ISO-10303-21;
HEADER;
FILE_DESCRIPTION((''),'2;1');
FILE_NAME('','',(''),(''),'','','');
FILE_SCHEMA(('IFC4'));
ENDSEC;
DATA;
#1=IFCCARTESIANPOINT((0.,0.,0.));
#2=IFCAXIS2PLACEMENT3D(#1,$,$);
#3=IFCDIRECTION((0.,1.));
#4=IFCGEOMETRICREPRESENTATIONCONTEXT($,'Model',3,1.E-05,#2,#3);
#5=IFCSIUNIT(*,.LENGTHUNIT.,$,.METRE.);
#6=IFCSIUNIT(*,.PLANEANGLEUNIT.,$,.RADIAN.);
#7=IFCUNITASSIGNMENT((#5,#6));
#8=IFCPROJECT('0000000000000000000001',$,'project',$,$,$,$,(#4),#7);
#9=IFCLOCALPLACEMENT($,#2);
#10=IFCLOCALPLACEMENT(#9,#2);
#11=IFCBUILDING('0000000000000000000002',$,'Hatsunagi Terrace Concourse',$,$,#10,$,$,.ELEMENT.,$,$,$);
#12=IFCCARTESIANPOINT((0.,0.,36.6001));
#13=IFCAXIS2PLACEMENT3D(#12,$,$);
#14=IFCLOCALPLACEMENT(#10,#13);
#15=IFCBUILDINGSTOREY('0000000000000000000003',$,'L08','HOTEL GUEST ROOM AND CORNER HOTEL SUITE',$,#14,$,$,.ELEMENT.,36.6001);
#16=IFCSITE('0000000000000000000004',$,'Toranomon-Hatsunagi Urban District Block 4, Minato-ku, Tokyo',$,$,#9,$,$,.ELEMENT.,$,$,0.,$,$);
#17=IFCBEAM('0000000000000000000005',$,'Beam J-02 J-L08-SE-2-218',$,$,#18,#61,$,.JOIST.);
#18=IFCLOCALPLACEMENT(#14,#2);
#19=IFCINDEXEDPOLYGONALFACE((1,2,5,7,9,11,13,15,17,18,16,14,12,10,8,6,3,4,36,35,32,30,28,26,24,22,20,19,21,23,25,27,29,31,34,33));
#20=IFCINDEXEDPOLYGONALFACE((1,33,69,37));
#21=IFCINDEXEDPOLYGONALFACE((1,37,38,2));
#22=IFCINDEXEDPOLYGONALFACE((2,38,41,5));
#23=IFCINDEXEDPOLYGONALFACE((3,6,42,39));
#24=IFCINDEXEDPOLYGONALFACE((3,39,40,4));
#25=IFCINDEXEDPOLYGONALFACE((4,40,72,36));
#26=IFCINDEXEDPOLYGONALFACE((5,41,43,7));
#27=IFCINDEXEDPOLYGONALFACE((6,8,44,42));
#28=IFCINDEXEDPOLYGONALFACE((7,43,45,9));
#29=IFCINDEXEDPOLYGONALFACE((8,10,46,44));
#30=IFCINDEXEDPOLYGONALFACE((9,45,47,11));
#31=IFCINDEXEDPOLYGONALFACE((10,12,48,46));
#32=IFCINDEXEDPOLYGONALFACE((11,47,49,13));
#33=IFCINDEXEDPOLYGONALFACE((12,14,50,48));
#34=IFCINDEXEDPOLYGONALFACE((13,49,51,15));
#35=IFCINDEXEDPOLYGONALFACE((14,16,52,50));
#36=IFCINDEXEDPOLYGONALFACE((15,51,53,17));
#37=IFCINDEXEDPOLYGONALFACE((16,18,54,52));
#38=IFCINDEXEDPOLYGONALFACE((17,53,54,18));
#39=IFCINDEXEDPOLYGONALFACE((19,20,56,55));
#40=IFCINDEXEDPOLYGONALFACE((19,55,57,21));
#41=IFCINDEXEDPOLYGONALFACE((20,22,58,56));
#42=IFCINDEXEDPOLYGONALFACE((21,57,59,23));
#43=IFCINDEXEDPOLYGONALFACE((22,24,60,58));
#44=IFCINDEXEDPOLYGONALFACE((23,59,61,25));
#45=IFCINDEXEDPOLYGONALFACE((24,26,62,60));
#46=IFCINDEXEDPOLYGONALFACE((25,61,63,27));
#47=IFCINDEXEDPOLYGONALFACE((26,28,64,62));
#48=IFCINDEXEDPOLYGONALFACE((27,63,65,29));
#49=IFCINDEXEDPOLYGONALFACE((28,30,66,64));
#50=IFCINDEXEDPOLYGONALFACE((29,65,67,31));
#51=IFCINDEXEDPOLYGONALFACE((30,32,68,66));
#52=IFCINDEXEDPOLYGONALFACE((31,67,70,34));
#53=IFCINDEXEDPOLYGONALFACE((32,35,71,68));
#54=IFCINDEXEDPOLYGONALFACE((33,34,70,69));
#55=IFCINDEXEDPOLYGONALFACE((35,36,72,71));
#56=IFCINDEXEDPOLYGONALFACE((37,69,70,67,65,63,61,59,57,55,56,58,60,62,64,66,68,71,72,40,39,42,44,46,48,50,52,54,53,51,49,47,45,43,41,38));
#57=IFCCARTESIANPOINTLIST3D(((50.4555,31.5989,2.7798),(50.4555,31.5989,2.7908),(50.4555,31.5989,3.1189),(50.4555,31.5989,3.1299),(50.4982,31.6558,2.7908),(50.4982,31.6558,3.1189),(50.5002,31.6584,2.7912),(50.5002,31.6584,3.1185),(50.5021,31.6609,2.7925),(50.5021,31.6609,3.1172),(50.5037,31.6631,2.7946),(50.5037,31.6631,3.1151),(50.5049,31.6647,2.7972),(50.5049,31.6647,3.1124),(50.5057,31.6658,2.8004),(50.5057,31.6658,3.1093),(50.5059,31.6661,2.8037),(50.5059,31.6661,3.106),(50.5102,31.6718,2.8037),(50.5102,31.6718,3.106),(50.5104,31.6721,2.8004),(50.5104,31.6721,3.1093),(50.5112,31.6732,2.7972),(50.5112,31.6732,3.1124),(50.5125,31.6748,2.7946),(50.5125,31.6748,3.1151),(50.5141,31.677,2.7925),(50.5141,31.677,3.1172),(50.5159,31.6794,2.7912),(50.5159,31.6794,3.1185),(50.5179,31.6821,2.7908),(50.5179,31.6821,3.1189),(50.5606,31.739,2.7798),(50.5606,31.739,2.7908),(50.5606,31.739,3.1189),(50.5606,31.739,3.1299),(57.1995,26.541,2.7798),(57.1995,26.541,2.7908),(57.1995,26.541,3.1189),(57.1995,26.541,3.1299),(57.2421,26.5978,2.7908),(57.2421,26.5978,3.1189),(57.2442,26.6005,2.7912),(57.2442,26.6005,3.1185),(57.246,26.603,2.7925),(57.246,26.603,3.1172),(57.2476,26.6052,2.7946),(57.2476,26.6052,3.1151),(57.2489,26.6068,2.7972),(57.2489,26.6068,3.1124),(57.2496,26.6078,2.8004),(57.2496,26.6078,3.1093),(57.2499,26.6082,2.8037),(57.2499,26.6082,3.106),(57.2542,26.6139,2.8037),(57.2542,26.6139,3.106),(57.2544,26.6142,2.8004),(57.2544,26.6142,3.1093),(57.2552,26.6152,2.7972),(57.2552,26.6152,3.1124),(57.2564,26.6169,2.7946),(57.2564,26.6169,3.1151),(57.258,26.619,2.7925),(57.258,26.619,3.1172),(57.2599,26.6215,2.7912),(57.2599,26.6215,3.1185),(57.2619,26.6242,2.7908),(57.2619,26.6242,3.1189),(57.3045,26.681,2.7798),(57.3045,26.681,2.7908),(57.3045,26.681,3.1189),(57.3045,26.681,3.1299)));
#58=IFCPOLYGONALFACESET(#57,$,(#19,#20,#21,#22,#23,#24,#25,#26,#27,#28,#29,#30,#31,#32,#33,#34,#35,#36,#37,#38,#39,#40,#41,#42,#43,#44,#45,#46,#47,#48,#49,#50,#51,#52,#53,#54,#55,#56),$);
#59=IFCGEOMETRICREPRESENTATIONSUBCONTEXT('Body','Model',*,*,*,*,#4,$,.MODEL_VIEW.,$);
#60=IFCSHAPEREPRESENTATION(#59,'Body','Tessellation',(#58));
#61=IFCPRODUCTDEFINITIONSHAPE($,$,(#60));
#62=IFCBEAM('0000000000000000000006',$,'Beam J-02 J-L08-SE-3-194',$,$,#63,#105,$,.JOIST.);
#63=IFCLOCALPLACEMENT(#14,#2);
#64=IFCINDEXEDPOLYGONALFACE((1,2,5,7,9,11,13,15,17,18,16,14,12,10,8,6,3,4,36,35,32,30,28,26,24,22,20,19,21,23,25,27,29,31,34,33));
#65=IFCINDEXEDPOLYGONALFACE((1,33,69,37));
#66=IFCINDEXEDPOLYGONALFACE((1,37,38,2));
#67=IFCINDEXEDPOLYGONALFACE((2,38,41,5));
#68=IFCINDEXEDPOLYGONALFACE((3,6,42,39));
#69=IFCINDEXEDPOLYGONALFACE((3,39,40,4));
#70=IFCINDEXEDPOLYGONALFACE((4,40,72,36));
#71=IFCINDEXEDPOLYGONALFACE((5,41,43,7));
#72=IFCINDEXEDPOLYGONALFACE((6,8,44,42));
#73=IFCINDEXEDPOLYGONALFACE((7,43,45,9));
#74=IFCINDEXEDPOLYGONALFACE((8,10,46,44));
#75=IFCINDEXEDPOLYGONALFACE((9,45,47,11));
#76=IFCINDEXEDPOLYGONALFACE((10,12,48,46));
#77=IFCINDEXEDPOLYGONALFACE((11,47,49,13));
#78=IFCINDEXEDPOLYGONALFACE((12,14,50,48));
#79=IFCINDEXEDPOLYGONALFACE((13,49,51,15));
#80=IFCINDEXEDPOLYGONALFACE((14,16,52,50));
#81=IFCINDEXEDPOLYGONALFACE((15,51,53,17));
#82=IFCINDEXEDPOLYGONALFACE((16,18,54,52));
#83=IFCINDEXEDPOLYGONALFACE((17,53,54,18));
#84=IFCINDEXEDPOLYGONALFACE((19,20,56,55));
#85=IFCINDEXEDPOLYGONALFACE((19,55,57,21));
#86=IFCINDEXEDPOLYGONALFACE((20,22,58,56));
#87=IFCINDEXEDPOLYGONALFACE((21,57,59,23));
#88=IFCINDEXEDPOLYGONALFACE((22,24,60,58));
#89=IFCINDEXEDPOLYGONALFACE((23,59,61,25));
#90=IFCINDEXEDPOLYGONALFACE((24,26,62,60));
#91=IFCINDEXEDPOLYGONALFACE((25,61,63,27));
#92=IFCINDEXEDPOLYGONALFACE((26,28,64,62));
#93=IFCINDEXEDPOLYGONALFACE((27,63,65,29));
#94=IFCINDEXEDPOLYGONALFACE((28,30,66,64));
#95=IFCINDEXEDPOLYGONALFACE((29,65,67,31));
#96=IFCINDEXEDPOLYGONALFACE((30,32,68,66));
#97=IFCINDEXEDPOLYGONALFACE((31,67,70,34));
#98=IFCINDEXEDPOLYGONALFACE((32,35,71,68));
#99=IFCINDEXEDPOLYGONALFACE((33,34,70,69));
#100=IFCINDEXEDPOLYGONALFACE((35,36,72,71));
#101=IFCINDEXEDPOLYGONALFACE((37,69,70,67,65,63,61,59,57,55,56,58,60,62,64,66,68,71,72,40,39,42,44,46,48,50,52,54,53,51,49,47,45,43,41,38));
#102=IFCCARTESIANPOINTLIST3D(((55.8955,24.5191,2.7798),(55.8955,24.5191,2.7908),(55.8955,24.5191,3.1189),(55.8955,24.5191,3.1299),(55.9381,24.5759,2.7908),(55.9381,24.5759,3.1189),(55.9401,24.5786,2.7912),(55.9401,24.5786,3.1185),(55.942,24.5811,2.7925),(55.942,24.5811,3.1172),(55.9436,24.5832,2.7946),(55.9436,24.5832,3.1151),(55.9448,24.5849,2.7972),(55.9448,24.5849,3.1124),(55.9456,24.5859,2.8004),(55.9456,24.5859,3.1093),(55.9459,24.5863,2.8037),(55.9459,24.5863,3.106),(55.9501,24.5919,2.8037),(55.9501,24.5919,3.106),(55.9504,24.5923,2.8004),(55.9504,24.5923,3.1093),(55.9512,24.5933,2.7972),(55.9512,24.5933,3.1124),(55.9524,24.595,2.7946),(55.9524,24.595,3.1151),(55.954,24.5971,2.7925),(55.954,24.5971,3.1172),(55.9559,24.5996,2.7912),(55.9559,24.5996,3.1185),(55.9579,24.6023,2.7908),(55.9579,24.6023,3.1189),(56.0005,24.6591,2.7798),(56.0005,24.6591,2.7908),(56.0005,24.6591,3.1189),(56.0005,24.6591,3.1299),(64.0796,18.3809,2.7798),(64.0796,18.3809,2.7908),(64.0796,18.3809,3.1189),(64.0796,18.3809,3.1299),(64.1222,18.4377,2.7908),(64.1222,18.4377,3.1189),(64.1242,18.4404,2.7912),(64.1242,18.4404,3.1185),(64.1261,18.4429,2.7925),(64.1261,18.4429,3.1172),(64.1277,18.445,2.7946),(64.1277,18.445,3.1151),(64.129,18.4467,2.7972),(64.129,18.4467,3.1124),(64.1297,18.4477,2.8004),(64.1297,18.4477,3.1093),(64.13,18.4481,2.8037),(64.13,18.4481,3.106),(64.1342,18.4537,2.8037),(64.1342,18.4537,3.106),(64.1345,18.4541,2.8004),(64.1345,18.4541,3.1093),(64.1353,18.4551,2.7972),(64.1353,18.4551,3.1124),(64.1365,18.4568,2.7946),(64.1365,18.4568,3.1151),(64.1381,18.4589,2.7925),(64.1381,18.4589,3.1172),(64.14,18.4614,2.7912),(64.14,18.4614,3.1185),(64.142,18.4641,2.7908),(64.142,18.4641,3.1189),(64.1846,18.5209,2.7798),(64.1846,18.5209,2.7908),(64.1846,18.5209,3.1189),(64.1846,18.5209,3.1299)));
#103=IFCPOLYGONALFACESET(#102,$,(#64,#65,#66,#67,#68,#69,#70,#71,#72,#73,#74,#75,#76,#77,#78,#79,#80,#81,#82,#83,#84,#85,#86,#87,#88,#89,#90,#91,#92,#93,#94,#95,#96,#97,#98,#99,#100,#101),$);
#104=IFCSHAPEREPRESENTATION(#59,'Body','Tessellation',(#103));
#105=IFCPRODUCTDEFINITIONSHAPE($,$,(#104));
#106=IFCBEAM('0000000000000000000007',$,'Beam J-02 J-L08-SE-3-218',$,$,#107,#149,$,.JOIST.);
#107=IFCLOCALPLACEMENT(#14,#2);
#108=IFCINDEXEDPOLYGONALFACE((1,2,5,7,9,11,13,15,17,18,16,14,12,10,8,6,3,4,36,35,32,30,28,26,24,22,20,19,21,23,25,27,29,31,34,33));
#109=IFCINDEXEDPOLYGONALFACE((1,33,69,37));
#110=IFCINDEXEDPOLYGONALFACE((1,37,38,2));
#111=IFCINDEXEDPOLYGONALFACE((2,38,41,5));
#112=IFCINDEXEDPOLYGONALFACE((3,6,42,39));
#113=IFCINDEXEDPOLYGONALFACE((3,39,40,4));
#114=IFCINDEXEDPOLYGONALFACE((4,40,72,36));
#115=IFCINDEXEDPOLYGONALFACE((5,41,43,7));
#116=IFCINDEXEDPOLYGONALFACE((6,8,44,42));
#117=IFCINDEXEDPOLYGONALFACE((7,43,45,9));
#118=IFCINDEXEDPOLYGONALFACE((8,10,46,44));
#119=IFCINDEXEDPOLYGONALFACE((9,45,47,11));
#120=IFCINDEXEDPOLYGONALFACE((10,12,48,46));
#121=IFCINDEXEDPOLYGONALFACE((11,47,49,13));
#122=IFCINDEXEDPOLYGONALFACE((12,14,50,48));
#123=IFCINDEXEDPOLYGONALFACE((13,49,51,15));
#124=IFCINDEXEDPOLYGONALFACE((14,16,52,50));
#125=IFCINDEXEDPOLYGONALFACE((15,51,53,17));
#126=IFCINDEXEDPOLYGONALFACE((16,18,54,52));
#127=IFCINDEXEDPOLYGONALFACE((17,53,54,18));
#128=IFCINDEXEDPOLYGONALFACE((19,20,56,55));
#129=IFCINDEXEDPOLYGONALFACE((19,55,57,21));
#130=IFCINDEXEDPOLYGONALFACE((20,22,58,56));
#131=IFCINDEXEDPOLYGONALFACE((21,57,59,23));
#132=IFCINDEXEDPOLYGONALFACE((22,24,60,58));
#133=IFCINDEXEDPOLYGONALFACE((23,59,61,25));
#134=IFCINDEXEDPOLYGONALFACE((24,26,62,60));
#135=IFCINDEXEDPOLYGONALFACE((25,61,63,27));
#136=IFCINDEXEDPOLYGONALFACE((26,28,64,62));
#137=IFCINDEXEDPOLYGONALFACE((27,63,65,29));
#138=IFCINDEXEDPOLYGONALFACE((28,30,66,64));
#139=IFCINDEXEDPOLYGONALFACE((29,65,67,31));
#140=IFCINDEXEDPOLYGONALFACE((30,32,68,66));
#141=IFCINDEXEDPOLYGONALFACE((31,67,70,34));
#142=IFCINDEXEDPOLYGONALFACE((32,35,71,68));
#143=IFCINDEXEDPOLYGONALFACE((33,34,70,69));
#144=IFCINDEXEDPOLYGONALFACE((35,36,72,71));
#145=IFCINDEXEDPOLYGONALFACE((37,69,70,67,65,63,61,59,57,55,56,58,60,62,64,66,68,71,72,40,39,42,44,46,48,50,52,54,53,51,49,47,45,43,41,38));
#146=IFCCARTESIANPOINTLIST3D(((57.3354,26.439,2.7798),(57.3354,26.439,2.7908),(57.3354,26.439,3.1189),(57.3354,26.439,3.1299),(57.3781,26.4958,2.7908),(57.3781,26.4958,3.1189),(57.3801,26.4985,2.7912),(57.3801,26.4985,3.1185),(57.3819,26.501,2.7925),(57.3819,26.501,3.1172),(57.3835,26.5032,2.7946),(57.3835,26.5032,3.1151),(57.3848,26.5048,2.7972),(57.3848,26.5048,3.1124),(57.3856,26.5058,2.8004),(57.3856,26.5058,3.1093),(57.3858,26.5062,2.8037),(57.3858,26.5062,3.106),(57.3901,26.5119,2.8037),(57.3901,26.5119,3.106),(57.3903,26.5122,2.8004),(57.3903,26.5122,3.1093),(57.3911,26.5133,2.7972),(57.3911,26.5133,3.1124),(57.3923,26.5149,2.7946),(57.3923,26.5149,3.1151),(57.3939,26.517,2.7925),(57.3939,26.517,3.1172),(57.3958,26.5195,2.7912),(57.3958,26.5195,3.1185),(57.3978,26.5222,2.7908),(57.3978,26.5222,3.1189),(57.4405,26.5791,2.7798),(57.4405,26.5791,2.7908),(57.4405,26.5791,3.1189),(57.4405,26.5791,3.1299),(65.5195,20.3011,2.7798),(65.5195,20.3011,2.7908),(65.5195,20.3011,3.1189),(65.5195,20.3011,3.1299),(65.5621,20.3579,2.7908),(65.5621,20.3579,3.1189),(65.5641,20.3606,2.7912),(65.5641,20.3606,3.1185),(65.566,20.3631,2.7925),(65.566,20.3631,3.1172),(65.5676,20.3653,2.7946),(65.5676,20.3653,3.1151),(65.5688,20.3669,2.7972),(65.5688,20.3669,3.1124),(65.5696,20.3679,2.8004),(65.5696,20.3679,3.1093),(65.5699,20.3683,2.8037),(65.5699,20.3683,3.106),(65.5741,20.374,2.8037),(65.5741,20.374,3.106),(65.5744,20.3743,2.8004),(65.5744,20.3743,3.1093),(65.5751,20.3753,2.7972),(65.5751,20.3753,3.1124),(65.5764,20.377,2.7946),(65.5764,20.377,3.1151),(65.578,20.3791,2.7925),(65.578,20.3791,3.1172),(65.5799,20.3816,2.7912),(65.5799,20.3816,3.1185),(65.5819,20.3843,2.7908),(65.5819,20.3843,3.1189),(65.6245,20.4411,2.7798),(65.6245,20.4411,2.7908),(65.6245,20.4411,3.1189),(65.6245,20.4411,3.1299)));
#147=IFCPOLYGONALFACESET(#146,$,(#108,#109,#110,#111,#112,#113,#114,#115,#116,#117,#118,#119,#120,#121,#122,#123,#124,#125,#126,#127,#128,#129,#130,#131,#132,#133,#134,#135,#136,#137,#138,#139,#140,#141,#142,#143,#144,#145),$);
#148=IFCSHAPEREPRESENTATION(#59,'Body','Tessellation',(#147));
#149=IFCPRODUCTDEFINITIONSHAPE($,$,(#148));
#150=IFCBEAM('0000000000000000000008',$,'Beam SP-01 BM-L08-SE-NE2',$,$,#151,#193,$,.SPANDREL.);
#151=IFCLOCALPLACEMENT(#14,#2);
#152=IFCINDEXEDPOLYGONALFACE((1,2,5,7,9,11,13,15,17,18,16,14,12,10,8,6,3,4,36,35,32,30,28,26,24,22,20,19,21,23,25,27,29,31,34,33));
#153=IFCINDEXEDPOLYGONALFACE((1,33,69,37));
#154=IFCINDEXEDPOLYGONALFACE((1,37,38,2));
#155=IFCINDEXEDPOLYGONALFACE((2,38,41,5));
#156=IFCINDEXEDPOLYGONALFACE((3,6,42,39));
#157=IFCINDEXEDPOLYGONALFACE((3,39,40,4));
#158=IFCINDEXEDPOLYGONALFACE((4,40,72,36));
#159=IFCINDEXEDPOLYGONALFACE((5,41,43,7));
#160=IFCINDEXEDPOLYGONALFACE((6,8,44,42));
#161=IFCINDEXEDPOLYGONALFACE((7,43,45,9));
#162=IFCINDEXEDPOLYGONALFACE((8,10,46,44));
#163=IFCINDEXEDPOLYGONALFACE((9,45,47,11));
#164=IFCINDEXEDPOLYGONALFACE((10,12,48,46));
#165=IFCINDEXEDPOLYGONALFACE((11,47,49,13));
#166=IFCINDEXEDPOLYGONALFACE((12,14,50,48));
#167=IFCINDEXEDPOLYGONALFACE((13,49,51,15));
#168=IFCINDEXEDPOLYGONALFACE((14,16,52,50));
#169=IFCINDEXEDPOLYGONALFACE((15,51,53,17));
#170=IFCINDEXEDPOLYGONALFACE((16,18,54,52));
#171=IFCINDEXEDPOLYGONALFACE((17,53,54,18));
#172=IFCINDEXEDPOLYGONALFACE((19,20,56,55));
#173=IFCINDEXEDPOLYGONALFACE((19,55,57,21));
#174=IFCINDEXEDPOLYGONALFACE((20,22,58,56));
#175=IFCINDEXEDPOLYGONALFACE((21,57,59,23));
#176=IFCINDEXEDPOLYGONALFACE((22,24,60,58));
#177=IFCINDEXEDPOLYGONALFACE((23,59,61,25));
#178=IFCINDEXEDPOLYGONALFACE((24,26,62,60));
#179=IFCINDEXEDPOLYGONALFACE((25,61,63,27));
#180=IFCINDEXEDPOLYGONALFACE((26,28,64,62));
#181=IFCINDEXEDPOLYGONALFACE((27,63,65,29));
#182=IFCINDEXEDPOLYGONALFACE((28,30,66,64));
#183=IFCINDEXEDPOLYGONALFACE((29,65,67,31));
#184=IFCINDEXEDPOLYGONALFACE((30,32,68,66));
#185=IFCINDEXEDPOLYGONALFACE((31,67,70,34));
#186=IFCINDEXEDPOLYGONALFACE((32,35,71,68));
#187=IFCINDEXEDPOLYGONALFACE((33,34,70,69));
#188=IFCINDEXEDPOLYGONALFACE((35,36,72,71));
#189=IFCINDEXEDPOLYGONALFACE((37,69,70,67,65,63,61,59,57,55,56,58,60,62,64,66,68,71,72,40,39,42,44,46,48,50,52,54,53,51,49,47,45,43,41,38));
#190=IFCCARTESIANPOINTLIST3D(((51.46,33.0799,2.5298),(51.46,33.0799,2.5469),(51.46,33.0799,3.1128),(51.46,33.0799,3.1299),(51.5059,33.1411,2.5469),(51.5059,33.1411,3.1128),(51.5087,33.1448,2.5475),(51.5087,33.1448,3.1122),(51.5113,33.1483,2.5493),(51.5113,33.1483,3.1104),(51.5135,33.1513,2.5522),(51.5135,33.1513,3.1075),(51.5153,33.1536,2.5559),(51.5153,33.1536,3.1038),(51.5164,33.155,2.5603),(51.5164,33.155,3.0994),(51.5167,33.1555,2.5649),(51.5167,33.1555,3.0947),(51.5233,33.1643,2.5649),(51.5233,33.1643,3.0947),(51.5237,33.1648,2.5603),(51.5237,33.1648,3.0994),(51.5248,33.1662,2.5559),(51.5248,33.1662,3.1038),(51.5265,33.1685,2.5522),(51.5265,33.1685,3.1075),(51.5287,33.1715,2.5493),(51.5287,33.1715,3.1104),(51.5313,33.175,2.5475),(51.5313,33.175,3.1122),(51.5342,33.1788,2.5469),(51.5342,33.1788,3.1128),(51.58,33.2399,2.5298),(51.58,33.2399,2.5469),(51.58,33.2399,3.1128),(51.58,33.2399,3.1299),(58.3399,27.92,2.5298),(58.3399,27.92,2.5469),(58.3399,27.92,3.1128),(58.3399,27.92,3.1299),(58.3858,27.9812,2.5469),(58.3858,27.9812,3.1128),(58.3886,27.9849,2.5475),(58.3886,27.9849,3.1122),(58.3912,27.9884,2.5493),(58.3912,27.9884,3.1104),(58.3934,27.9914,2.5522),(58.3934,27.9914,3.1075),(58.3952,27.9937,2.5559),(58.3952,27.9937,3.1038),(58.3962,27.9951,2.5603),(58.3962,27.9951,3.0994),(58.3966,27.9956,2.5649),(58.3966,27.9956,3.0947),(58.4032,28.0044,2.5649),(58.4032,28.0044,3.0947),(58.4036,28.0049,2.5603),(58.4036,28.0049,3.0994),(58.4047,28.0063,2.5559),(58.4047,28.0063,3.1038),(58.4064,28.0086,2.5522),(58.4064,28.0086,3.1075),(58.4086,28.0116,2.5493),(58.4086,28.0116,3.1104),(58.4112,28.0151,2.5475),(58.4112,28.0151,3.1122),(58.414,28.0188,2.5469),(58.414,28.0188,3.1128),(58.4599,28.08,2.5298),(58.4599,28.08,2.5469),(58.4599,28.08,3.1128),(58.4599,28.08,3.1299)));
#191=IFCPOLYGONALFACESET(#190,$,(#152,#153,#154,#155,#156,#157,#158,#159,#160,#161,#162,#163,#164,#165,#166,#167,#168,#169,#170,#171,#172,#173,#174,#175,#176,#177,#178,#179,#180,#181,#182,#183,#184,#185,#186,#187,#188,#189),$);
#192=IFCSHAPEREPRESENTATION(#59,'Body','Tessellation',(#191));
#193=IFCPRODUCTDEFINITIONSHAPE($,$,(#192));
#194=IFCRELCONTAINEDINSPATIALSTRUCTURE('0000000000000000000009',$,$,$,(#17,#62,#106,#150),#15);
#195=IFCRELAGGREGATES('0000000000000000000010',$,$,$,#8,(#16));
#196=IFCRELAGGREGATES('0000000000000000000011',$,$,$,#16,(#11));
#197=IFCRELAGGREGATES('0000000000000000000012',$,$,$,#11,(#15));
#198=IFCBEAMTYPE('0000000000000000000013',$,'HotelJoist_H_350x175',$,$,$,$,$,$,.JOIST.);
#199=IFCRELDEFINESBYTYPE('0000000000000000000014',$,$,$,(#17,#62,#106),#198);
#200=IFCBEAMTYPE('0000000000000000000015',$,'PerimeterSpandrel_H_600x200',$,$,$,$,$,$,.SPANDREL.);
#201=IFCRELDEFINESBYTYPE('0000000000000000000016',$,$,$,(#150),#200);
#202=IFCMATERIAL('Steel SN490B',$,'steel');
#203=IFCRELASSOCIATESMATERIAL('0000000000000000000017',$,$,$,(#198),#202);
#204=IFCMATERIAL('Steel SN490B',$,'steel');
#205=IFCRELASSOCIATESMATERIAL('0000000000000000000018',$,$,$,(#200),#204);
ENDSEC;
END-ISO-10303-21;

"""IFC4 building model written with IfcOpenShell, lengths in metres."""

from ifc_helpers import new_model, si_unit, direction, frame, origin, origin_2d, place, context, subcontext, project, spatial, i_section, extrude, material, material_profile, profile_set, type_object, element, save


model = new_model("IFC4")

# Units and contexts
model_context = context("Model", 3, precision=1e-05, world=origin(), true_north=direction((0.0, 1.0)))
body_context = subcontext(model_context, "Body", "Model", "MODEL_VIEW")
ifc_project = project(units=[si_unit("LENGTHUNIT", "METRE"), si_unit("PLANEANGLEUNIT", "RADIAN")], contexts=[model_context])

# Site, building, storey
site_placement = place(None, origin())
site = spatial("IfcSite", under=ifc_project, at=site_placement, Name="Toranomon-Hatsunagi Urban District Block 4, Minato-ku, Tokyo", CompositionType="ELEMENT", RefElevation=0.0)
building_placement = place(site_placement, origin())
building = spatial("IfcBuilding", under=site, at=building_placement, Name="Hatsunagi Terrace Concourse", CompositionType="ELEMENT")
storey_placement = place(building_placement, frame((0.0, 0.0, 36.6001)))
storey = spatial("IfcBuildingStorey", under=building, at=storey_placement, Name="L08", Description="HOTEL GUEST ROOM AND CORNER HOTEL SUITE", CompositionType="ELEMENT", Elevation=36.6001)

# Beams
ifc_material_1 = material(Name="Steel SN490B", Category="steel")
ifc_material_profile_1 = material_profile(ifc_material_1, i_section(OverallWidth=0.175, OverallDepth=0.3501, WebThickness=0.0071, FlangeThickness=0.011, FilletRadius=0.0129, at=origin_2d()), Name="H-350x175x7x11")
ifc_profile_set_1 = profile_set([ifc_material_profile_1], Name="Steel SN490B")
beam_type_1 = type_object("IfcBeamType", Name="HotelJoist_H_350x175", PredefinedType="JOIST", material=ifc_profile_set_1)
for number, where, z_axis, x_axis, name in (
    (1, (50.5081, 31.6689, 2.9548), (0.800003, -0.599995, 0.0), (0.599995, 0.800003, 0.0), "Beam J-02 J-L08-SE-2-218"),
):
    element("IfcBeam", number, at=place(storey_placement, frame(where, z_axis=z_axis, x_axis=x_axis)), inside=storey, type_object=beam_type_1, Name=name, PredefinedType="JOIST", context=body_context, shape_type="SweptSolid", body=[
        extrude(i_section(OverallWidth=0.175, OverallDepth=0.3501, WebThickness=0.0071, FlangeThickness=0.011, FilletRadius=0.0129, at=origin_2d()), origin(), (0.0, 0.0, 1.0), 8.4299),
    ])
beam_1_placement = place(storey_placement, frame((55.948, 24.5891, 2.9548), z_axis=(0.799994, -0.600008, 0.0), x_axis=(0.600008, 0.799994, 0.0)))
element("IfcBeam", 2, at=beam_1_placement, inside=storey, type_object=beam_type_1, Name="Beam J-02 J-L08-SE-3-194", PredefinedType="JOIST", context=body_context, shape_type="SweptSolid", body=[
    extrude(i_section(OverallWidth=0.175, OverallDepth=0.3501, WebThickness=0.0071, FlangeThickness=0.011, FilletRadius=0.0129, at=origin_2d()), origin(), (0.0, 0.0, 1.0), 10.2302),
])
beam_2_placement = place(storey_placement, frame((57.3879, 26.509, 2.9548), z_axis=(0.800006, -0.599992, 0.0), x_axis=(0.599992, 0.800006, 0.0)))
element("IfcBeam", 3, at=beam_2_placement, inside=storey, type_object=beam_type_1, Name="Beam J-02 J-L08-SE-3-218", PredefinedType="JOIST", context=body_context, shape_type="SweptSolid", body=[
    extrude(i_section(OverallWidth=0.175, OverallDepth=0.3501, WebThickness=0.0071, FlangeThickness=0.011, FilletRadius=0.0129, at=origin_2d()), origin(), (0.0, 0.0, 1.0), 10.23),
])
ifc_material_2 = material(Name="Steel SN490B", Category="steel")
ifc_material_profile_2 = material_profile(ifc_material_2, i_section(OverallWidth=0.2, OverallDepth=0.6001, WebThickness=0.011, FlangeThickness=0.0171, FilletRadius=0.0181, at=origin_2d()), Name="H-600x200x11x17")
ifc_profile_set_2 = profile_set([ifc_material_profile_2], Name="Steel SN490B")
beam_type_2 = type_object("IfcBeamType", Name="PerimeterSpandrel_H_600x200", PredefinedType="SPANDREL", material=ifc_profile_set_2)
beam_3_placement = place(storey_placement, frame((51.52, 33.1599, 2.8298), z_axis=(0.8, -0.6, 0.0), x_axis=(0.6, 0.8, 0.0)))
element("IfcBeam", 4, at=beam_3_placement, inside=storey, type_object=beam_type_2, Name="Beam SP-01 BM-L08-SE-NE2", PredefinedType="SPANDREL", context=body_context, shape_type="SweptSolid", body=[
    extrude(i_section(OverallWidth=0.2, OverallDepth=0.6001, WebThickness=0.011, FlangeThickness=0.0171, FilletRadius=0.0181, at=origin_2d()), origin(), (0.0, 0.0, 1.0), 8.5999),
])

save(model, "model.ifc")
